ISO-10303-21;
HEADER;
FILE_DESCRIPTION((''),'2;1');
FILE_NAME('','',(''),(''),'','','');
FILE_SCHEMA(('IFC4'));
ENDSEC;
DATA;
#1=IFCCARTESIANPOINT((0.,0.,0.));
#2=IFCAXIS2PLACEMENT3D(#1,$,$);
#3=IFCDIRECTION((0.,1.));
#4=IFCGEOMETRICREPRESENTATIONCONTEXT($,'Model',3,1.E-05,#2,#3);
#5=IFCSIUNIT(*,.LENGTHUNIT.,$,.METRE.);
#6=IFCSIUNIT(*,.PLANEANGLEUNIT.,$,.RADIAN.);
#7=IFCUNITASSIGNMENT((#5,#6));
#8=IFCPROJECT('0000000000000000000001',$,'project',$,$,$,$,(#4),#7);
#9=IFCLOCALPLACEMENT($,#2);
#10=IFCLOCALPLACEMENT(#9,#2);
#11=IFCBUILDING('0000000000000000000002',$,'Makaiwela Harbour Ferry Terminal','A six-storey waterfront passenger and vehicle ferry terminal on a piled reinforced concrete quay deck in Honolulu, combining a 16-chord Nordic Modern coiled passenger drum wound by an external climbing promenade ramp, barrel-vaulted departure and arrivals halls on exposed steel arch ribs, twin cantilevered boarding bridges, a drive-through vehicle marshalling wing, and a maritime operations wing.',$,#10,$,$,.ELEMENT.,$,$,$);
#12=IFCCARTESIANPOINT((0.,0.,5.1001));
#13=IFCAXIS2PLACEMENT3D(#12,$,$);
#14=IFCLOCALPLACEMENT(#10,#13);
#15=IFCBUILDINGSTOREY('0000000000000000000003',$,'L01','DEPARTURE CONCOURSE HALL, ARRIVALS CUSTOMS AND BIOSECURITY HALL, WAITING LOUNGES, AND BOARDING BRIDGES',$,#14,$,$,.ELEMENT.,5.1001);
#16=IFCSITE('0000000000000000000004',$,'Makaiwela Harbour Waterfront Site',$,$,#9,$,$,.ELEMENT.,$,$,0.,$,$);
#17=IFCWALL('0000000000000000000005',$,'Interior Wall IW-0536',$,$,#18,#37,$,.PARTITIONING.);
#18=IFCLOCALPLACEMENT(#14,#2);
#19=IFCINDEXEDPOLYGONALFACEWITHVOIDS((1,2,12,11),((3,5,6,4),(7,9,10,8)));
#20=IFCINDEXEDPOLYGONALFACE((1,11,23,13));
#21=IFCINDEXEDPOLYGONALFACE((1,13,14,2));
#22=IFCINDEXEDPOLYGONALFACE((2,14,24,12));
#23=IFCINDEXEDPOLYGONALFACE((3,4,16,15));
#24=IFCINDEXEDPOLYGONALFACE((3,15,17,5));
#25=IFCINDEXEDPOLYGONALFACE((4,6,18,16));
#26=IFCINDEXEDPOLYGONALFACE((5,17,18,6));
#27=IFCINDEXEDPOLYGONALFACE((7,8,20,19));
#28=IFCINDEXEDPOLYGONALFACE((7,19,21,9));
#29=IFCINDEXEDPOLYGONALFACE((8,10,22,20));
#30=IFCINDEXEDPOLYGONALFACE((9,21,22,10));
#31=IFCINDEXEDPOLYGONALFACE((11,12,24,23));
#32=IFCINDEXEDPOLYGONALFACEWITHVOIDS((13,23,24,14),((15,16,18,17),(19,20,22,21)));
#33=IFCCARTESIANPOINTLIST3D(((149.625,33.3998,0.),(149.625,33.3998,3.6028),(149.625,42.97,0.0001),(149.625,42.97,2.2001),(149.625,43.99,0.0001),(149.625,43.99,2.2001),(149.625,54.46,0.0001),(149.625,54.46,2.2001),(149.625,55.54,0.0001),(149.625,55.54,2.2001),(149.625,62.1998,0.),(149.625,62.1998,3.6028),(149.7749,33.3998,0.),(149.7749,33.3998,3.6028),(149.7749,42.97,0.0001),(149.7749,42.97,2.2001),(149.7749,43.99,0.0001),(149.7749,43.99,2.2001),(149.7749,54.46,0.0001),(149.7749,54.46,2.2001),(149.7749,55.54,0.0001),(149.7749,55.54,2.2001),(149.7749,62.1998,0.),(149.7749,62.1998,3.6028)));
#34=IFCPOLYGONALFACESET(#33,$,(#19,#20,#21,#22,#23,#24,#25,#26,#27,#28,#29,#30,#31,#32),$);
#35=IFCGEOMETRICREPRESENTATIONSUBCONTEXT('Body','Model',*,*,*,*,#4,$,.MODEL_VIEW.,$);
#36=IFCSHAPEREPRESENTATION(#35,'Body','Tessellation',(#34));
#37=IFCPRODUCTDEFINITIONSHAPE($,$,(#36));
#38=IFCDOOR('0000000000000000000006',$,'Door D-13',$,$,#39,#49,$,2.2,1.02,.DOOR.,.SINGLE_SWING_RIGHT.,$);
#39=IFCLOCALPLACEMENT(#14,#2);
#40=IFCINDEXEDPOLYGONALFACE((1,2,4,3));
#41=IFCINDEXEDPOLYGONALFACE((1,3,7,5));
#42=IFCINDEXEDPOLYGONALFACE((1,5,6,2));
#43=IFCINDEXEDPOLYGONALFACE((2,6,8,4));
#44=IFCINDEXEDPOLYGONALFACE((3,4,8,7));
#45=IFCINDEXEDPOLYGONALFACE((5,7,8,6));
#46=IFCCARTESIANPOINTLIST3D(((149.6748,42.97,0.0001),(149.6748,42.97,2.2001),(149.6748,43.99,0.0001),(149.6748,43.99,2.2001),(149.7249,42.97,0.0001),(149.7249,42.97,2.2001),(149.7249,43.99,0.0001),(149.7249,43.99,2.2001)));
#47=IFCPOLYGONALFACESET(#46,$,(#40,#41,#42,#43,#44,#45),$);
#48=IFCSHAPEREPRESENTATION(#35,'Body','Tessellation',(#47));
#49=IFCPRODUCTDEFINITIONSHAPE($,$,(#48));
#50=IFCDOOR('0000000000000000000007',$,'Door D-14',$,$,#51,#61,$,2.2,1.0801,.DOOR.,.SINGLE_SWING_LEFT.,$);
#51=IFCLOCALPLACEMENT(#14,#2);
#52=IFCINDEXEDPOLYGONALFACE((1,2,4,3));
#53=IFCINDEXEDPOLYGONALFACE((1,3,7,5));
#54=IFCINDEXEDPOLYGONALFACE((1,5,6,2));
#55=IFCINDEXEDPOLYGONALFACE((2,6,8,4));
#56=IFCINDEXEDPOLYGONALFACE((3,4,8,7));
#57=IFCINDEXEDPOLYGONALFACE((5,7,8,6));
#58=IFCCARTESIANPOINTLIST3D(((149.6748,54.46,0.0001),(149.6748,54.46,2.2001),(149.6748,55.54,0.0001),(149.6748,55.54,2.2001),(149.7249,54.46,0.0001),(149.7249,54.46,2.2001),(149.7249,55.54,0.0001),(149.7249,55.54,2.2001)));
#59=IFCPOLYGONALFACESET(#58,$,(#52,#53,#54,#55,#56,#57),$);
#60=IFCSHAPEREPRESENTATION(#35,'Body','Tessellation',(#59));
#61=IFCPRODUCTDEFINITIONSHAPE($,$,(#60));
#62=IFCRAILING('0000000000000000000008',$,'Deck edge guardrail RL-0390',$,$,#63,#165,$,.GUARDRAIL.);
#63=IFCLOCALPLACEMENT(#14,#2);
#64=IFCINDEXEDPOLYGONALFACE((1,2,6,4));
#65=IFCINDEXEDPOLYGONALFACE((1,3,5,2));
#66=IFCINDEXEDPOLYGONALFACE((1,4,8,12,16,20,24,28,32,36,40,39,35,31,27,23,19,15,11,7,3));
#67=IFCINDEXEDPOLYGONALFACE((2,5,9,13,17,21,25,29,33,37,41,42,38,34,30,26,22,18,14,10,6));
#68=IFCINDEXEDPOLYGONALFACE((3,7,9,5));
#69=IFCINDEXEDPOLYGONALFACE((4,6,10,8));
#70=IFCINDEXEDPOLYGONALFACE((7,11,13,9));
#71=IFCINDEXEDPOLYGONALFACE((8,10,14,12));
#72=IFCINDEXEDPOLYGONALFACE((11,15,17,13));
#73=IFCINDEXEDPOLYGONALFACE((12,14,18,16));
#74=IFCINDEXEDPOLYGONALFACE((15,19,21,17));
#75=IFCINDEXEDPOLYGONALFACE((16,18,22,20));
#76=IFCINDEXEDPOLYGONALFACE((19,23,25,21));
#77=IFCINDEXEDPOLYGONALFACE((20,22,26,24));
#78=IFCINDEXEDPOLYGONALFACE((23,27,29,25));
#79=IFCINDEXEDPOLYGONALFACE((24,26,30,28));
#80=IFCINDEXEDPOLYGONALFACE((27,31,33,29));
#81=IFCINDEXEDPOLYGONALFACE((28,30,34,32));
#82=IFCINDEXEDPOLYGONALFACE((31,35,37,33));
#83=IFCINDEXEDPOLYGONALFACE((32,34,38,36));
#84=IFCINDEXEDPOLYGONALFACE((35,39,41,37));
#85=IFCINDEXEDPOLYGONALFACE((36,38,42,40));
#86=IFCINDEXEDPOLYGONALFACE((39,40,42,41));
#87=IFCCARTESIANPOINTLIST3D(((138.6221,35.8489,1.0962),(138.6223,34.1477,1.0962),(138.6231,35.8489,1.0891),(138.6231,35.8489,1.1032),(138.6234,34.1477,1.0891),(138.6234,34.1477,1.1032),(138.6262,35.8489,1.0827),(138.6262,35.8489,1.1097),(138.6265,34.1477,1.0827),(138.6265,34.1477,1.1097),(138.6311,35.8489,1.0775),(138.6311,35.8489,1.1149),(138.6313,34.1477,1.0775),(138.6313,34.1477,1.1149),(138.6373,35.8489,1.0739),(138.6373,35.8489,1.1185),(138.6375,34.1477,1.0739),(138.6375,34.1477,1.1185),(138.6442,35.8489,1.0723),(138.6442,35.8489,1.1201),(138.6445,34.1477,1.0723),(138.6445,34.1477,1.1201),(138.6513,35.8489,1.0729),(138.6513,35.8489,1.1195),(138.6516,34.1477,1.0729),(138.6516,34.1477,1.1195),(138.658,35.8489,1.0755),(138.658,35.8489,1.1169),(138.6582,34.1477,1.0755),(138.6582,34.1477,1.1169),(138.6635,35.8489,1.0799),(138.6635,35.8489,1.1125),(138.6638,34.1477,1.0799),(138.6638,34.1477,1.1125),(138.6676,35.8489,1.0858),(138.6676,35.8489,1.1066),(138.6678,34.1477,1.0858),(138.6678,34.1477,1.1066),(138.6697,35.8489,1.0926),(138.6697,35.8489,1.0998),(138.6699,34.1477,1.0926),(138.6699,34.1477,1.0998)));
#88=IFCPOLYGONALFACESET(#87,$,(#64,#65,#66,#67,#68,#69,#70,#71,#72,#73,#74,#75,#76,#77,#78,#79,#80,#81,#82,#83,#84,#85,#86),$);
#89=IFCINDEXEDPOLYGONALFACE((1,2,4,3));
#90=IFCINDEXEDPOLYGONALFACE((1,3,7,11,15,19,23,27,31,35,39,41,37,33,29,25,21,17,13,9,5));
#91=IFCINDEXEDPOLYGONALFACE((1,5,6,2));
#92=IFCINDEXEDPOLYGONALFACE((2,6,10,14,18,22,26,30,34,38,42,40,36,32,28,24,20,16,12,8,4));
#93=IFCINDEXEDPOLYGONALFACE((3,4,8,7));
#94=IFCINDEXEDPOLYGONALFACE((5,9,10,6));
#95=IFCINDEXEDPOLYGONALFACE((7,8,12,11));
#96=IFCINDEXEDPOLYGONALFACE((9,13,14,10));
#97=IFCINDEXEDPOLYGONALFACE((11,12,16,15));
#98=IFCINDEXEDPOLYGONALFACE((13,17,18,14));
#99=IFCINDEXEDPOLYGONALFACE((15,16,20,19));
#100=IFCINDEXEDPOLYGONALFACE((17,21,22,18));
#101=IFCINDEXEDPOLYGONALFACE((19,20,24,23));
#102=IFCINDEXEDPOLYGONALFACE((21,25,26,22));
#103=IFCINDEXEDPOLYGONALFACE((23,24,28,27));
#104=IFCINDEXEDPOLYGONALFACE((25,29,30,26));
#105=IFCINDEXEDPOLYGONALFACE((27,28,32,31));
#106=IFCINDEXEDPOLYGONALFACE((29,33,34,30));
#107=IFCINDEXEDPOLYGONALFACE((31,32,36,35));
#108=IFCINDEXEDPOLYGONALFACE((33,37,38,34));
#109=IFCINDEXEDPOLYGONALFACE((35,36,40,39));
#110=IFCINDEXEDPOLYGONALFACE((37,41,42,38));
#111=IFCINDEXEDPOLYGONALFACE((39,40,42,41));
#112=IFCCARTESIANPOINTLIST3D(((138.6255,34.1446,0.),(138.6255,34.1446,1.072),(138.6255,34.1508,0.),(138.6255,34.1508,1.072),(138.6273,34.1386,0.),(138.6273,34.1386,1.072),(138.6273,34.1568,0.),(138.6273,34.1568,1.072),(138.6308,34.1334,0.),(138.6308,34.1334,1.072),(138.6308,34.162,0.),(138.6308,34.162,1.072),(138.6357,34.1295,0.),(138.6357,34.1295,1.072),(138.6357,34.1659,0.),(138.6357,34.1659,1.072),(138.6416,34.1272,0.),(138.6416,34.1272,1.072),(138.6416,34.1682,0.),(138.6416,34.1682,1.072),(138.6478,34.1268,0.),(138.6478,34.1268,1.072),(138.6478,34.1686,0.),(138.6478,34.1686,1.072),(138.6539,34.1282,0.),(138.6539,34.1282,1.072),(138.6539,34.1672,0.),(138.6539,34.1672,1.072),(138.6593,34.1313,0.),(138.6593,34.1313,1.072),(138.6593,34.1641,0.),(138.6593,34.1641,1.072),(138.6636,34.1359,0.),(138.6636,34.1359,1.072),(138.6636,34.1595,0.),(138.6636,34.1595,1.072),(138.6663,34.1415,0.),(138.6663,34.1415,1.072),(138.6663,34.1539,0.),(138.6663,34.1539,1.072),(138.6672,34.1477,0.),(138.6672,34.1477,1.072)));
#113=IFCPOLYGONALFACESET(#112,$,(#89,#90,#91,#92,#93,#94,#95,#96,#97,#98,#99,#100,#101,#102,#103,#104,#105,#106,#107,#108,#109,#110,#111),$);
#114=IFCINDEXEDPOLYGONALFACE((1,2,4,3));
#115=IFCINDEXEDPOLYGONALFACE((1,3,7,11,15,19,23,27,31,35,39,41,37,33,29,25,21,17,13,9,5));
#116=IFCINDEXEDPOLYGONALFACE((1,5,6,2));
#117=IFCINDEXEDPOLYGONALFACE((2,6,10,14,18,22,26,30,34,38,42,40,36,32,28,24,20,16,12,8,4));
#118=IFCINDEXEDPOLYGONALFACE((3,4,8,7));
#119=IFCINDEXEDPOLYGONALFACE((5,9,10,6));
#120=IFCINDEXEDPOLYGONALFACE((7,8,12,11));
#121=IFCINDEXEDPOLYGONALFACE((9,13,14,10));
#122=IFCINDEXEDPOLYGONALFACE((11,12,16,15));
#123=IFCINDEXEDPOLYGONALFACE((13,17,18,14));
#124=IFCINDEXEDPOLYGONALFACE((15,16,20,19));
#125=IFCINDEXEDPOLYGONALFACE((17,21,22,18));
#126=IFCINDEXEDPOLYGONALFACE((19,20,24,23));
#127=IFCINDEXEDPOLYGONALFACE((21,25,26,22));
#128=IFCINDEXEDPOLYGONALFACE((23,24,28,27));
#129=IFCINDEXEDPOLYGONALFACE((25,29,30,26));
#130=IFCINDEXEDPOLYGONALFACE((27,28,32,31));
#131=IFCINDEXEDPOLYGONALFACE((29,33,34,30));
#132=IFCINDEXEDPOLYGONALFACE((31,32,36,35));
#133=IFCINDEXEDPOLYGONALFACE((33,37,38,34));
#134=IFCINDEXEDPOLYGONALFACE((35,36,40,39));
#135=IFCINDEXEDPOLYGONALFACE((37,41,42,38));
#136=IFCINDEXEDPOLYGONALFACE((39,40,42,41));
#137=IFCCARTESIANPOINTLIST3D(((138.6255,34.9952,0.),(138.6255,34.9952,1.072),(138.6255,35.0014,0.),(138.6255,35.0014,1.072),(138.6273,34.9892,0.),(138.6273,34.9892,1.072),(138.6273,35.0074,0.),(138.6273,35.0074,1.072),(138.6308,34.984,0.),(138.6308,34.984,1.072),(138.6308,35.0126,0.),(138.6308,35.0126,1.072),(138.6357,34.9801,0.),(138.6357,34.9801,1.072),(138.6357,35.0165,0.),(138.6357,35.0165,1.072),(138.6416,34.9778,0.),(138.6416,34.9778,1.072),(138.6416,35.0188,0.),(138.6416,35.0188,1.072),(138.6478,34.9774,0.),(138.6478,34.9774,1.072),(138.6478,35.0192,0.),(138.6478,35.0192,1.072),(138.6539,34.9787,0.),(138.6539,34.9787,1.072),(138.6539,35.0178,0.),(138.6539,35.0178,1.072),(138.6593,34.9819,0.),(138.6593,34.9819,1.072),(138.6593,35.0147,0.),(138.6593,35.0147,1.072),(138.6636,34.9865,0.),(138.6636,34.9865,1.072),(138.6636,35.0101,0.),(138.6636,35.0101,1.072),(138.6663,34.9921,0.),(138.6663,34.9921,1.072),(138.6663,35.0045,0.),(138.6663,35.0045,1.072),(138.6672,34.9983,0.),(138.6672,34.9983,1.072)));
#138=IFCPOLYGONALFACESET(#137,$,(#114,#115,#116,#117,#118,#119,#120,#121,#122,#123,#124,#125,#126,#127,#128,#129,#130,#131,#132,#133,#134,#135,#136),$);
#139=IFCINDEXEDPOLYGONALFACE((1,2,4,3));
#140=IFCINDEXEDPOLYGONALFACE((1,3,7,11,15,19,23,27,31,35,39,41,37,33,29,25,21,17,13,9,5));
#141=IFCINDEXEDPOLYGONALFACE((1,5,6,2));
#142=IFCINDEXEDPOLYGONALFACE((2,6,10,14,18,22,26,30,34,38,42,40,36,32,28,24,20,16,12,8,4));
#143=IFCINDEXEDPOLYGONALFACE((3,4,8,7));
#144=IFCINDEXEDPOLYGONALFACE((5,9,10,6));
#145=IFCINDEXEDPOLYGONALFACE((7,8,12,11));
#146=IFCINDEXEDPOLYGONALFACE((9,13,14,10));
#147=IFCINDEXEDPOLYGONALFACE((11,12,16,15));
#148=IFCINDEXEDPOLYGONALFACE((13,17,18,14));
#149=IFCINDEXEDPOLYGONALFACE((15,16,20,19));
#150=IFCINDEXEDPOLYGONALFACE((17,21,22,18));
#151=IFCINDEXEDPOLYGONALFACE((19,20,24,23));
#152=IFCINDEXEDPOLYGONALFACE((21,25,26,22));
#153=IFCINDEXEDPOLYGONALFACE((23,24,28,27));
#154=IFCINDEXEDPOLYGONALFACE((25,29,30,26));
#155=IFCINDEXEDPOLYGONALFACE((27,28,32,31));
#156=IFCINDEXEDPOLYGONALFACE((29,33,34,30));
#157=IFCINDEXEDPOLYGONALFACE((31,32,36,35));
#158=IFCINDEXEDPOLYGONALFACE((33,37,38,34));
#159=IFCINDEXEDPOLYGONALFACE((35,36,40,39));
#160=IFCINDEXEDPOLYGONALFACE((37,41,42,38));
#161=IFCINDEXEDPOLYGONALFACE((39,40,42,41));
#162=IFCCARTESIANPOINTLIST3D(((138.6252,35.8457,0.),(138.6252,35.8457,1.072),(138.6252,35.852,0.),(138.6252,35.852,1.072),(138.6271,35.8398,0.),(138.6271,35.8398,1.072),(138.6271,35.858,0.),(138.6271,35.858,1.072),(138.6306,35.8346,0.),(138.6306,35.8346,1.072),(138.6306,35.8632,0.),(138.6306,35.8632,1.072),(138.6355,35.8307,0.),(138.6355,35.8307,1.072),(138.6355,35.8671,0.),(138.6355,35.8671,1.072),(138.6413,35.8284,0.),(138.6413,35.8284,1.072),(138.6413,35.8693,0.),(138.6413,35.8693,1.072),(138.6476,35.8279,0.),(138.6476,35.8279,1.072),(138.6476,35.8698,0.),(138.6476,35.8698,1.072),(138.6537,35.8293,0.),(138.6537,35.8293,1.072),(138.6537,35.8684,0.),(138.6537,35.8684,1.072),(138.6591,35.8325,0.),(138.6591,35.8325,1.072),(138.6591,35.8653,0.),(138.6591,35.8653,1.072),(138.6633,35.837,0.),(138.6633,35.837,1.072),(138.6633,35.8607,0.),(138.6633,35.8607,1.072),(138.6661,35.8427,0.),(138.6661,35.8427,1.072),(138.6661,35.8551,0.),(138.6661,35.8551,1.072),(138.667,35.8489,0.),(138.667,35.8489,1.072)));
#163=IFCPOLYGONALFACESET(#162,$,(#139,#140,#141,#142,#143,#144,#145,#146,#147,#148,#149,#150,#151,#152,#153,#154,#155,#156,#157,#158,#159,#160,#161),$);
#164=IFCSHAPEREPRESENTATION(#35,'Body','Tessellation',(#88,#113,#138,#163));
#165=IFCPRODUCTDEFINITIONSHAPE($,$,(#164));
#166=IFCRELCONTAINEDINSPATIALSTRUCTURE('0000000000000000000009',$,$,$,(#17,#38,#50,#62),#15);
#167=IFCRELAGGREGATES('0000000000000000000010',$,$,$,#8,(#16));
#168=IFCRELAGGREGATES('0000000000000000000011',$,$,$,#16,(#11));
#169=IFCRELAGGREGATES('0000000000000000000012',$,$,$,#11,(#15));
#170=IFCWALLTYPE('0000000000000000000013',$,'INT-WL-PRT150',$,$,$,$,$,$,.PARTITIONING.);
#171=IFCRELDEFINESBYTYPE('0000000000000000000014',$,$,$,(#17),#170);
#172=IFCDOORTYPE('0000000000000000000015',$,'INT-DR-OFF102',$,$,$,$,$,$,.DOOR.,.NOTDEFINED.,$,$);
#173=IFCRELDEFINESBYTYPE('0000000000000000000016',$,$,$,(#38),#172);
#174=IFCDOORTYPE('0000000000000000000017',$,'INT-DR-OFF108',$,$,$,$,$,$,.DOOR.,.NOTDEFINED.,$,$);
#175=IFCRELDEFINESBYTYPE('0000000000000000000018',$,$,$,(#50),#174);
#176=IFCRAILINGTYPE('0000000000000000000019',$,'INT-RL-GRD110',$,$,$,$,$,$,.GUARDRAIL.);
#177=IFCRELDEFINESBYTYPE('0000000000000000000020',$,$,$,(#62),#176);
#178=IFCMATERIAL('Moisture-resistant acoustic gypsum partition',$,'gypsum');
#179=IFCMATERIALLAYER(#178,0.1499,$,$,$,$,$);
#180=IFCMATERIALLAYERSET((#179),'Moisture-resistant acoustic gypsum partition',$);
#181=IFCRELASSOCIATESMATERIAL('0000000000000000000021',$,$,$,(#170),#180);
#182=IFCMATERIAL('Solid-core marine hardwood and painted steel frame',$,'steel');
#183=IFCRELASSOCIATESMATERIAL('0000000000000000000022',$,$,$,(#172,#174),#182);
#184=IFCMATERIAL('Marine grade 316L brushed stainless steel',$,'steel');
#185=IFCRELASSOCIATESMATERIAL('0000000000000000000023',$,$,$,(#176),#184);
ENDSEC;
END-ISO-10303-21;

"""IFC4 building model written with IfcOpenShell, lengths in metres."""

from ifc_helpers import new_model, si_unit, direction, frame, frame_2d, origin, origin_2d, place, context, subcontext, project, spatial, rectangle, circle, extrude, material, layer, layer_set, type_object, element, fill, save


model = new_model("IFC4")

# Units and contexts
model_context = context("Model", 3, precision=1e-05, world=origin(), true_north=direction((0.0, 1.0)))
body_context = subcontext(model_context, "Body", "Model", "MODEL_VIEW")
ifc_project = project(units=[si_unit("LENGTHUNIT", "METRE"), si_unit("PLANEANGLEUNIT", "RADIAN")], contexts=[model_context])

# Site, building, storey
site_placement = place(None, origin())
site = spatial("IfcSite", under=ifc_project, at=site_placement, Name="Makaiwela Harbour Waterfront Site", CompositionType="ELEMENT", RefElevation=0.0)
building_placement = place(site_placement, origin())
building = spatial("IfcBuilding", under=site, at=building_placement, Name="Makaiwela Harbour Ferry Terminal", Description="A six-storey waterfront passenger and vehicle ferry terminal on a piled reinforced concrete quay deck in Honolulu, combining a 16-chord Nordic Modern coiled passenger drum wound by an external climbing promenade ramp, barrel-vaulted departure and arrivals halls on exposed steel arch ribs, twin cantilevered boarding bridges, a drive-through vehicle marshalling wing, and a maritime operations wing.", CompositionType="ELEMENT")
storey_placement = place(building_placement, frame((0.0, 0.0, 5.1001)))
storey = spatial("IfcBuildingStorey", under=building, at=storey_placement, Name="L01", Description="DEPARTURE CONCOURSE HALL, ARRIVALS CUSTOMS AND BIOSECURITY HALL, WAITING LOUNGES, AND BOARDING BRIDGES", CompositionType="ELEMENT", Elevation=5.1001)

# Wall, openings, doors
ifc_material_1 = material(Name="Moisture-resistant acoustic gypsum partition", Category="gypsum")
ifc_layer_1 = layer(ifc_material_1, 0.1499)
ifc_layer_set_1 = layer_set([ifc_layer_1], Name="Moisture-resistant acoustic gypsum partition")
wall_type_1 = type_object("IfcWallType", Name="INT-WL-PRT150", PredefinedType="PARTITIONING", material=ifc_layer_set_1)
wall_1_placement = place(storey_placement, frame((149.7, 33.3999, 0.0), z_axis=(0.0, 0.0, 1.0), x_axis=(0.0, 1.0, 0.0)))
wall_1 = element("IfcWall", 1, at=wall_1_placement, inside=storey, type_object=wall_type_1, Name="Interior Wall IW-0536", PredefinedType="PARTITIONING", context=body_context, shape_type="SweptSolid", body=[
    extrude(rectangle(XDim=28.8, YDim=0.1499, at=frame_2d((14.3999, 0.0))), origin(), (0.0, 0.0, 1.0), 3.6028),
])
opening_1_placement = place(wall_1_placement, frame((9.5701, 0.0, 0.0)))
opening_1 = element("IfcOpeningElement", 2, at=opening_1_placement, cuts=wall_1, PredefinedType="OPENING", context=body_context, shape_type="SweptSolid", body=[
    extrude(rectangle(XDim=1.02, YDim=2.2, at=frame_2d((0.51, 1.1001))), frame((0.0, 0.085, 0.0), z_axis=(0.0, -1.0, 0.0), x_axis=(1.0, 0.0, 0.0)), (0.0, 0.0, 1.0), 0.1699),
])
opening_2_placement = place(wall_1_placement, frame((21.0601, 0.0, 0.0)))
opening_2 = element("IfcOpeningElement", 3, at=opening_2_placement, cuts=wall_1, PredefinedType="OPENING", context=body_context, shape_type="SweptSolid", body=[
    extrude(rectangle(XDim=1.0801, YDim=2.2, at=frame_2d((0.54, 1.1001))), frame((0.0, 0.085, 0.0), z_axis=(0.0, -1.0, 0.0), x_axis=(1.0, 0.0, 0.0)), (0.0, 0.0, 1.0), 0.1699),
])
ifc_material_2 = material(Name="Solid-core marine hardwood and painted steel frame", Category="steel")
door_type_1 = type_object("IfcDoorType", Name="INT-DR-OFF102", OperationType="NOTDEFINED", PredefinedType="DOOR", material=ifc_material_2)
door_1_placement = place(opening_1_placement, frame((1.02, 0.0, 0.0), z_axis=(0.0, 0.0, 1.0), x_axis=(-1.0, 0.0, 0.0)))
door_1 = element("IfcDoor", 4, at=door_1_placement, inside=storey, type_object=door_type_1, Name="Door D-13", OperationType="SINGLE_SWING_RIGHT", OverallHeight=2.2, OverallWidth=1.02, PredefinedType="DOOR", context=body_context, shape_type="SweptSolid", body=[
    extrude(rectangle(XDim=1.02, YDim=2.2, at=frame_2d((0.51, 1.1001))), frame((0.0, 0.0249, 0.0), z_axis=(0.0, -1.0, 0.0), x_axis=(1.0, 0.0, 0.0)), (0.0, 0.0, 1.0), 0.05),
])
fill(opening_1, door_1)
door_type_2 = type_object("IfcDoorType", Name="INT-DR-OFF108", OperationType="NOTDEFINED", PredefinedType="DOOR", material=ifc_material_2)
door_2_placement = place(opening_2_placement, frame((1.0801, 0.0, 0.0), z_axis=(0.0, 0.0, 1.0), x_axis=(-1.0, 0.0, 0.0)))
door_2 = element("IfcDoor", 5, at=door_2_placement, inside=storey, type_object=door_type_2, Name="Door D-14", OperationType="SINGLE_SWING_LEFT", OverallHeight=2.2, OverallWidth=1.0801, PredefinedType="DOOR", context=body_context, shape_type="SweptSolid", body=[
    extrude(rectangle(XDim=1.0801, YDim=2.2, at=frame_2d((0.54, 1.1001))), frame((0.0, 0.0249, 0.0), z_axis=(0.0, -1.0, 0.0), x_axis=(1.0, 0.0, 0.0)), (0.0, 0.0, 1.0), 0.05),
])
fill(opening_2, door_2)

# Railing
ifc_material_3 = material(Name="Marine grade 316L brushed stainless steel", Category="steel")
railing_type = type_object("IfcRailingType", Name="INT-RL-GRD110", PredefinedType="GUARDRAIL", material=ifc_material_3)
for number, where, name in (
    (6, (138.6462, 34.1477, 0.0), "Deck edge guardrail RL-0390"),
):
    element("IfcRailing", number, at=place(storey_placement, frame(where)), inside=storey, type_object=railing_type, Name=name, PredefinedType="GUARDRAIL", context=body_context, shape_type="SweptSolid", body=[
        extrude(circle(Radius=0.0239, at=origin_2d()), frame((0.0, 0.0, 1.0962), z_axis=(-0.000144, 1.0, 0.0), x_axis=(-1.0, -0.000144, 0.0)), (0.0, 0.0, 1.0), 1.7012),
        extrude(circle(Radius=0.021, at=origin_2d()), origin(), (0.0, 0.0, 1.0), 1.072),
        extrude(circle(Radius=0.021, at=origin_2d()), frame((0.0, 0.8506, 0.0)), (0.0, 0.0, 1.0), 1.072),
        extrude(circle(Radius=0.021, at=origin_2d()), frame((-0.0002, 1.7012, 0.0)), (0.0, 0.0, 1.0), 1.072),
    ])

save(model, "model.ifc")
